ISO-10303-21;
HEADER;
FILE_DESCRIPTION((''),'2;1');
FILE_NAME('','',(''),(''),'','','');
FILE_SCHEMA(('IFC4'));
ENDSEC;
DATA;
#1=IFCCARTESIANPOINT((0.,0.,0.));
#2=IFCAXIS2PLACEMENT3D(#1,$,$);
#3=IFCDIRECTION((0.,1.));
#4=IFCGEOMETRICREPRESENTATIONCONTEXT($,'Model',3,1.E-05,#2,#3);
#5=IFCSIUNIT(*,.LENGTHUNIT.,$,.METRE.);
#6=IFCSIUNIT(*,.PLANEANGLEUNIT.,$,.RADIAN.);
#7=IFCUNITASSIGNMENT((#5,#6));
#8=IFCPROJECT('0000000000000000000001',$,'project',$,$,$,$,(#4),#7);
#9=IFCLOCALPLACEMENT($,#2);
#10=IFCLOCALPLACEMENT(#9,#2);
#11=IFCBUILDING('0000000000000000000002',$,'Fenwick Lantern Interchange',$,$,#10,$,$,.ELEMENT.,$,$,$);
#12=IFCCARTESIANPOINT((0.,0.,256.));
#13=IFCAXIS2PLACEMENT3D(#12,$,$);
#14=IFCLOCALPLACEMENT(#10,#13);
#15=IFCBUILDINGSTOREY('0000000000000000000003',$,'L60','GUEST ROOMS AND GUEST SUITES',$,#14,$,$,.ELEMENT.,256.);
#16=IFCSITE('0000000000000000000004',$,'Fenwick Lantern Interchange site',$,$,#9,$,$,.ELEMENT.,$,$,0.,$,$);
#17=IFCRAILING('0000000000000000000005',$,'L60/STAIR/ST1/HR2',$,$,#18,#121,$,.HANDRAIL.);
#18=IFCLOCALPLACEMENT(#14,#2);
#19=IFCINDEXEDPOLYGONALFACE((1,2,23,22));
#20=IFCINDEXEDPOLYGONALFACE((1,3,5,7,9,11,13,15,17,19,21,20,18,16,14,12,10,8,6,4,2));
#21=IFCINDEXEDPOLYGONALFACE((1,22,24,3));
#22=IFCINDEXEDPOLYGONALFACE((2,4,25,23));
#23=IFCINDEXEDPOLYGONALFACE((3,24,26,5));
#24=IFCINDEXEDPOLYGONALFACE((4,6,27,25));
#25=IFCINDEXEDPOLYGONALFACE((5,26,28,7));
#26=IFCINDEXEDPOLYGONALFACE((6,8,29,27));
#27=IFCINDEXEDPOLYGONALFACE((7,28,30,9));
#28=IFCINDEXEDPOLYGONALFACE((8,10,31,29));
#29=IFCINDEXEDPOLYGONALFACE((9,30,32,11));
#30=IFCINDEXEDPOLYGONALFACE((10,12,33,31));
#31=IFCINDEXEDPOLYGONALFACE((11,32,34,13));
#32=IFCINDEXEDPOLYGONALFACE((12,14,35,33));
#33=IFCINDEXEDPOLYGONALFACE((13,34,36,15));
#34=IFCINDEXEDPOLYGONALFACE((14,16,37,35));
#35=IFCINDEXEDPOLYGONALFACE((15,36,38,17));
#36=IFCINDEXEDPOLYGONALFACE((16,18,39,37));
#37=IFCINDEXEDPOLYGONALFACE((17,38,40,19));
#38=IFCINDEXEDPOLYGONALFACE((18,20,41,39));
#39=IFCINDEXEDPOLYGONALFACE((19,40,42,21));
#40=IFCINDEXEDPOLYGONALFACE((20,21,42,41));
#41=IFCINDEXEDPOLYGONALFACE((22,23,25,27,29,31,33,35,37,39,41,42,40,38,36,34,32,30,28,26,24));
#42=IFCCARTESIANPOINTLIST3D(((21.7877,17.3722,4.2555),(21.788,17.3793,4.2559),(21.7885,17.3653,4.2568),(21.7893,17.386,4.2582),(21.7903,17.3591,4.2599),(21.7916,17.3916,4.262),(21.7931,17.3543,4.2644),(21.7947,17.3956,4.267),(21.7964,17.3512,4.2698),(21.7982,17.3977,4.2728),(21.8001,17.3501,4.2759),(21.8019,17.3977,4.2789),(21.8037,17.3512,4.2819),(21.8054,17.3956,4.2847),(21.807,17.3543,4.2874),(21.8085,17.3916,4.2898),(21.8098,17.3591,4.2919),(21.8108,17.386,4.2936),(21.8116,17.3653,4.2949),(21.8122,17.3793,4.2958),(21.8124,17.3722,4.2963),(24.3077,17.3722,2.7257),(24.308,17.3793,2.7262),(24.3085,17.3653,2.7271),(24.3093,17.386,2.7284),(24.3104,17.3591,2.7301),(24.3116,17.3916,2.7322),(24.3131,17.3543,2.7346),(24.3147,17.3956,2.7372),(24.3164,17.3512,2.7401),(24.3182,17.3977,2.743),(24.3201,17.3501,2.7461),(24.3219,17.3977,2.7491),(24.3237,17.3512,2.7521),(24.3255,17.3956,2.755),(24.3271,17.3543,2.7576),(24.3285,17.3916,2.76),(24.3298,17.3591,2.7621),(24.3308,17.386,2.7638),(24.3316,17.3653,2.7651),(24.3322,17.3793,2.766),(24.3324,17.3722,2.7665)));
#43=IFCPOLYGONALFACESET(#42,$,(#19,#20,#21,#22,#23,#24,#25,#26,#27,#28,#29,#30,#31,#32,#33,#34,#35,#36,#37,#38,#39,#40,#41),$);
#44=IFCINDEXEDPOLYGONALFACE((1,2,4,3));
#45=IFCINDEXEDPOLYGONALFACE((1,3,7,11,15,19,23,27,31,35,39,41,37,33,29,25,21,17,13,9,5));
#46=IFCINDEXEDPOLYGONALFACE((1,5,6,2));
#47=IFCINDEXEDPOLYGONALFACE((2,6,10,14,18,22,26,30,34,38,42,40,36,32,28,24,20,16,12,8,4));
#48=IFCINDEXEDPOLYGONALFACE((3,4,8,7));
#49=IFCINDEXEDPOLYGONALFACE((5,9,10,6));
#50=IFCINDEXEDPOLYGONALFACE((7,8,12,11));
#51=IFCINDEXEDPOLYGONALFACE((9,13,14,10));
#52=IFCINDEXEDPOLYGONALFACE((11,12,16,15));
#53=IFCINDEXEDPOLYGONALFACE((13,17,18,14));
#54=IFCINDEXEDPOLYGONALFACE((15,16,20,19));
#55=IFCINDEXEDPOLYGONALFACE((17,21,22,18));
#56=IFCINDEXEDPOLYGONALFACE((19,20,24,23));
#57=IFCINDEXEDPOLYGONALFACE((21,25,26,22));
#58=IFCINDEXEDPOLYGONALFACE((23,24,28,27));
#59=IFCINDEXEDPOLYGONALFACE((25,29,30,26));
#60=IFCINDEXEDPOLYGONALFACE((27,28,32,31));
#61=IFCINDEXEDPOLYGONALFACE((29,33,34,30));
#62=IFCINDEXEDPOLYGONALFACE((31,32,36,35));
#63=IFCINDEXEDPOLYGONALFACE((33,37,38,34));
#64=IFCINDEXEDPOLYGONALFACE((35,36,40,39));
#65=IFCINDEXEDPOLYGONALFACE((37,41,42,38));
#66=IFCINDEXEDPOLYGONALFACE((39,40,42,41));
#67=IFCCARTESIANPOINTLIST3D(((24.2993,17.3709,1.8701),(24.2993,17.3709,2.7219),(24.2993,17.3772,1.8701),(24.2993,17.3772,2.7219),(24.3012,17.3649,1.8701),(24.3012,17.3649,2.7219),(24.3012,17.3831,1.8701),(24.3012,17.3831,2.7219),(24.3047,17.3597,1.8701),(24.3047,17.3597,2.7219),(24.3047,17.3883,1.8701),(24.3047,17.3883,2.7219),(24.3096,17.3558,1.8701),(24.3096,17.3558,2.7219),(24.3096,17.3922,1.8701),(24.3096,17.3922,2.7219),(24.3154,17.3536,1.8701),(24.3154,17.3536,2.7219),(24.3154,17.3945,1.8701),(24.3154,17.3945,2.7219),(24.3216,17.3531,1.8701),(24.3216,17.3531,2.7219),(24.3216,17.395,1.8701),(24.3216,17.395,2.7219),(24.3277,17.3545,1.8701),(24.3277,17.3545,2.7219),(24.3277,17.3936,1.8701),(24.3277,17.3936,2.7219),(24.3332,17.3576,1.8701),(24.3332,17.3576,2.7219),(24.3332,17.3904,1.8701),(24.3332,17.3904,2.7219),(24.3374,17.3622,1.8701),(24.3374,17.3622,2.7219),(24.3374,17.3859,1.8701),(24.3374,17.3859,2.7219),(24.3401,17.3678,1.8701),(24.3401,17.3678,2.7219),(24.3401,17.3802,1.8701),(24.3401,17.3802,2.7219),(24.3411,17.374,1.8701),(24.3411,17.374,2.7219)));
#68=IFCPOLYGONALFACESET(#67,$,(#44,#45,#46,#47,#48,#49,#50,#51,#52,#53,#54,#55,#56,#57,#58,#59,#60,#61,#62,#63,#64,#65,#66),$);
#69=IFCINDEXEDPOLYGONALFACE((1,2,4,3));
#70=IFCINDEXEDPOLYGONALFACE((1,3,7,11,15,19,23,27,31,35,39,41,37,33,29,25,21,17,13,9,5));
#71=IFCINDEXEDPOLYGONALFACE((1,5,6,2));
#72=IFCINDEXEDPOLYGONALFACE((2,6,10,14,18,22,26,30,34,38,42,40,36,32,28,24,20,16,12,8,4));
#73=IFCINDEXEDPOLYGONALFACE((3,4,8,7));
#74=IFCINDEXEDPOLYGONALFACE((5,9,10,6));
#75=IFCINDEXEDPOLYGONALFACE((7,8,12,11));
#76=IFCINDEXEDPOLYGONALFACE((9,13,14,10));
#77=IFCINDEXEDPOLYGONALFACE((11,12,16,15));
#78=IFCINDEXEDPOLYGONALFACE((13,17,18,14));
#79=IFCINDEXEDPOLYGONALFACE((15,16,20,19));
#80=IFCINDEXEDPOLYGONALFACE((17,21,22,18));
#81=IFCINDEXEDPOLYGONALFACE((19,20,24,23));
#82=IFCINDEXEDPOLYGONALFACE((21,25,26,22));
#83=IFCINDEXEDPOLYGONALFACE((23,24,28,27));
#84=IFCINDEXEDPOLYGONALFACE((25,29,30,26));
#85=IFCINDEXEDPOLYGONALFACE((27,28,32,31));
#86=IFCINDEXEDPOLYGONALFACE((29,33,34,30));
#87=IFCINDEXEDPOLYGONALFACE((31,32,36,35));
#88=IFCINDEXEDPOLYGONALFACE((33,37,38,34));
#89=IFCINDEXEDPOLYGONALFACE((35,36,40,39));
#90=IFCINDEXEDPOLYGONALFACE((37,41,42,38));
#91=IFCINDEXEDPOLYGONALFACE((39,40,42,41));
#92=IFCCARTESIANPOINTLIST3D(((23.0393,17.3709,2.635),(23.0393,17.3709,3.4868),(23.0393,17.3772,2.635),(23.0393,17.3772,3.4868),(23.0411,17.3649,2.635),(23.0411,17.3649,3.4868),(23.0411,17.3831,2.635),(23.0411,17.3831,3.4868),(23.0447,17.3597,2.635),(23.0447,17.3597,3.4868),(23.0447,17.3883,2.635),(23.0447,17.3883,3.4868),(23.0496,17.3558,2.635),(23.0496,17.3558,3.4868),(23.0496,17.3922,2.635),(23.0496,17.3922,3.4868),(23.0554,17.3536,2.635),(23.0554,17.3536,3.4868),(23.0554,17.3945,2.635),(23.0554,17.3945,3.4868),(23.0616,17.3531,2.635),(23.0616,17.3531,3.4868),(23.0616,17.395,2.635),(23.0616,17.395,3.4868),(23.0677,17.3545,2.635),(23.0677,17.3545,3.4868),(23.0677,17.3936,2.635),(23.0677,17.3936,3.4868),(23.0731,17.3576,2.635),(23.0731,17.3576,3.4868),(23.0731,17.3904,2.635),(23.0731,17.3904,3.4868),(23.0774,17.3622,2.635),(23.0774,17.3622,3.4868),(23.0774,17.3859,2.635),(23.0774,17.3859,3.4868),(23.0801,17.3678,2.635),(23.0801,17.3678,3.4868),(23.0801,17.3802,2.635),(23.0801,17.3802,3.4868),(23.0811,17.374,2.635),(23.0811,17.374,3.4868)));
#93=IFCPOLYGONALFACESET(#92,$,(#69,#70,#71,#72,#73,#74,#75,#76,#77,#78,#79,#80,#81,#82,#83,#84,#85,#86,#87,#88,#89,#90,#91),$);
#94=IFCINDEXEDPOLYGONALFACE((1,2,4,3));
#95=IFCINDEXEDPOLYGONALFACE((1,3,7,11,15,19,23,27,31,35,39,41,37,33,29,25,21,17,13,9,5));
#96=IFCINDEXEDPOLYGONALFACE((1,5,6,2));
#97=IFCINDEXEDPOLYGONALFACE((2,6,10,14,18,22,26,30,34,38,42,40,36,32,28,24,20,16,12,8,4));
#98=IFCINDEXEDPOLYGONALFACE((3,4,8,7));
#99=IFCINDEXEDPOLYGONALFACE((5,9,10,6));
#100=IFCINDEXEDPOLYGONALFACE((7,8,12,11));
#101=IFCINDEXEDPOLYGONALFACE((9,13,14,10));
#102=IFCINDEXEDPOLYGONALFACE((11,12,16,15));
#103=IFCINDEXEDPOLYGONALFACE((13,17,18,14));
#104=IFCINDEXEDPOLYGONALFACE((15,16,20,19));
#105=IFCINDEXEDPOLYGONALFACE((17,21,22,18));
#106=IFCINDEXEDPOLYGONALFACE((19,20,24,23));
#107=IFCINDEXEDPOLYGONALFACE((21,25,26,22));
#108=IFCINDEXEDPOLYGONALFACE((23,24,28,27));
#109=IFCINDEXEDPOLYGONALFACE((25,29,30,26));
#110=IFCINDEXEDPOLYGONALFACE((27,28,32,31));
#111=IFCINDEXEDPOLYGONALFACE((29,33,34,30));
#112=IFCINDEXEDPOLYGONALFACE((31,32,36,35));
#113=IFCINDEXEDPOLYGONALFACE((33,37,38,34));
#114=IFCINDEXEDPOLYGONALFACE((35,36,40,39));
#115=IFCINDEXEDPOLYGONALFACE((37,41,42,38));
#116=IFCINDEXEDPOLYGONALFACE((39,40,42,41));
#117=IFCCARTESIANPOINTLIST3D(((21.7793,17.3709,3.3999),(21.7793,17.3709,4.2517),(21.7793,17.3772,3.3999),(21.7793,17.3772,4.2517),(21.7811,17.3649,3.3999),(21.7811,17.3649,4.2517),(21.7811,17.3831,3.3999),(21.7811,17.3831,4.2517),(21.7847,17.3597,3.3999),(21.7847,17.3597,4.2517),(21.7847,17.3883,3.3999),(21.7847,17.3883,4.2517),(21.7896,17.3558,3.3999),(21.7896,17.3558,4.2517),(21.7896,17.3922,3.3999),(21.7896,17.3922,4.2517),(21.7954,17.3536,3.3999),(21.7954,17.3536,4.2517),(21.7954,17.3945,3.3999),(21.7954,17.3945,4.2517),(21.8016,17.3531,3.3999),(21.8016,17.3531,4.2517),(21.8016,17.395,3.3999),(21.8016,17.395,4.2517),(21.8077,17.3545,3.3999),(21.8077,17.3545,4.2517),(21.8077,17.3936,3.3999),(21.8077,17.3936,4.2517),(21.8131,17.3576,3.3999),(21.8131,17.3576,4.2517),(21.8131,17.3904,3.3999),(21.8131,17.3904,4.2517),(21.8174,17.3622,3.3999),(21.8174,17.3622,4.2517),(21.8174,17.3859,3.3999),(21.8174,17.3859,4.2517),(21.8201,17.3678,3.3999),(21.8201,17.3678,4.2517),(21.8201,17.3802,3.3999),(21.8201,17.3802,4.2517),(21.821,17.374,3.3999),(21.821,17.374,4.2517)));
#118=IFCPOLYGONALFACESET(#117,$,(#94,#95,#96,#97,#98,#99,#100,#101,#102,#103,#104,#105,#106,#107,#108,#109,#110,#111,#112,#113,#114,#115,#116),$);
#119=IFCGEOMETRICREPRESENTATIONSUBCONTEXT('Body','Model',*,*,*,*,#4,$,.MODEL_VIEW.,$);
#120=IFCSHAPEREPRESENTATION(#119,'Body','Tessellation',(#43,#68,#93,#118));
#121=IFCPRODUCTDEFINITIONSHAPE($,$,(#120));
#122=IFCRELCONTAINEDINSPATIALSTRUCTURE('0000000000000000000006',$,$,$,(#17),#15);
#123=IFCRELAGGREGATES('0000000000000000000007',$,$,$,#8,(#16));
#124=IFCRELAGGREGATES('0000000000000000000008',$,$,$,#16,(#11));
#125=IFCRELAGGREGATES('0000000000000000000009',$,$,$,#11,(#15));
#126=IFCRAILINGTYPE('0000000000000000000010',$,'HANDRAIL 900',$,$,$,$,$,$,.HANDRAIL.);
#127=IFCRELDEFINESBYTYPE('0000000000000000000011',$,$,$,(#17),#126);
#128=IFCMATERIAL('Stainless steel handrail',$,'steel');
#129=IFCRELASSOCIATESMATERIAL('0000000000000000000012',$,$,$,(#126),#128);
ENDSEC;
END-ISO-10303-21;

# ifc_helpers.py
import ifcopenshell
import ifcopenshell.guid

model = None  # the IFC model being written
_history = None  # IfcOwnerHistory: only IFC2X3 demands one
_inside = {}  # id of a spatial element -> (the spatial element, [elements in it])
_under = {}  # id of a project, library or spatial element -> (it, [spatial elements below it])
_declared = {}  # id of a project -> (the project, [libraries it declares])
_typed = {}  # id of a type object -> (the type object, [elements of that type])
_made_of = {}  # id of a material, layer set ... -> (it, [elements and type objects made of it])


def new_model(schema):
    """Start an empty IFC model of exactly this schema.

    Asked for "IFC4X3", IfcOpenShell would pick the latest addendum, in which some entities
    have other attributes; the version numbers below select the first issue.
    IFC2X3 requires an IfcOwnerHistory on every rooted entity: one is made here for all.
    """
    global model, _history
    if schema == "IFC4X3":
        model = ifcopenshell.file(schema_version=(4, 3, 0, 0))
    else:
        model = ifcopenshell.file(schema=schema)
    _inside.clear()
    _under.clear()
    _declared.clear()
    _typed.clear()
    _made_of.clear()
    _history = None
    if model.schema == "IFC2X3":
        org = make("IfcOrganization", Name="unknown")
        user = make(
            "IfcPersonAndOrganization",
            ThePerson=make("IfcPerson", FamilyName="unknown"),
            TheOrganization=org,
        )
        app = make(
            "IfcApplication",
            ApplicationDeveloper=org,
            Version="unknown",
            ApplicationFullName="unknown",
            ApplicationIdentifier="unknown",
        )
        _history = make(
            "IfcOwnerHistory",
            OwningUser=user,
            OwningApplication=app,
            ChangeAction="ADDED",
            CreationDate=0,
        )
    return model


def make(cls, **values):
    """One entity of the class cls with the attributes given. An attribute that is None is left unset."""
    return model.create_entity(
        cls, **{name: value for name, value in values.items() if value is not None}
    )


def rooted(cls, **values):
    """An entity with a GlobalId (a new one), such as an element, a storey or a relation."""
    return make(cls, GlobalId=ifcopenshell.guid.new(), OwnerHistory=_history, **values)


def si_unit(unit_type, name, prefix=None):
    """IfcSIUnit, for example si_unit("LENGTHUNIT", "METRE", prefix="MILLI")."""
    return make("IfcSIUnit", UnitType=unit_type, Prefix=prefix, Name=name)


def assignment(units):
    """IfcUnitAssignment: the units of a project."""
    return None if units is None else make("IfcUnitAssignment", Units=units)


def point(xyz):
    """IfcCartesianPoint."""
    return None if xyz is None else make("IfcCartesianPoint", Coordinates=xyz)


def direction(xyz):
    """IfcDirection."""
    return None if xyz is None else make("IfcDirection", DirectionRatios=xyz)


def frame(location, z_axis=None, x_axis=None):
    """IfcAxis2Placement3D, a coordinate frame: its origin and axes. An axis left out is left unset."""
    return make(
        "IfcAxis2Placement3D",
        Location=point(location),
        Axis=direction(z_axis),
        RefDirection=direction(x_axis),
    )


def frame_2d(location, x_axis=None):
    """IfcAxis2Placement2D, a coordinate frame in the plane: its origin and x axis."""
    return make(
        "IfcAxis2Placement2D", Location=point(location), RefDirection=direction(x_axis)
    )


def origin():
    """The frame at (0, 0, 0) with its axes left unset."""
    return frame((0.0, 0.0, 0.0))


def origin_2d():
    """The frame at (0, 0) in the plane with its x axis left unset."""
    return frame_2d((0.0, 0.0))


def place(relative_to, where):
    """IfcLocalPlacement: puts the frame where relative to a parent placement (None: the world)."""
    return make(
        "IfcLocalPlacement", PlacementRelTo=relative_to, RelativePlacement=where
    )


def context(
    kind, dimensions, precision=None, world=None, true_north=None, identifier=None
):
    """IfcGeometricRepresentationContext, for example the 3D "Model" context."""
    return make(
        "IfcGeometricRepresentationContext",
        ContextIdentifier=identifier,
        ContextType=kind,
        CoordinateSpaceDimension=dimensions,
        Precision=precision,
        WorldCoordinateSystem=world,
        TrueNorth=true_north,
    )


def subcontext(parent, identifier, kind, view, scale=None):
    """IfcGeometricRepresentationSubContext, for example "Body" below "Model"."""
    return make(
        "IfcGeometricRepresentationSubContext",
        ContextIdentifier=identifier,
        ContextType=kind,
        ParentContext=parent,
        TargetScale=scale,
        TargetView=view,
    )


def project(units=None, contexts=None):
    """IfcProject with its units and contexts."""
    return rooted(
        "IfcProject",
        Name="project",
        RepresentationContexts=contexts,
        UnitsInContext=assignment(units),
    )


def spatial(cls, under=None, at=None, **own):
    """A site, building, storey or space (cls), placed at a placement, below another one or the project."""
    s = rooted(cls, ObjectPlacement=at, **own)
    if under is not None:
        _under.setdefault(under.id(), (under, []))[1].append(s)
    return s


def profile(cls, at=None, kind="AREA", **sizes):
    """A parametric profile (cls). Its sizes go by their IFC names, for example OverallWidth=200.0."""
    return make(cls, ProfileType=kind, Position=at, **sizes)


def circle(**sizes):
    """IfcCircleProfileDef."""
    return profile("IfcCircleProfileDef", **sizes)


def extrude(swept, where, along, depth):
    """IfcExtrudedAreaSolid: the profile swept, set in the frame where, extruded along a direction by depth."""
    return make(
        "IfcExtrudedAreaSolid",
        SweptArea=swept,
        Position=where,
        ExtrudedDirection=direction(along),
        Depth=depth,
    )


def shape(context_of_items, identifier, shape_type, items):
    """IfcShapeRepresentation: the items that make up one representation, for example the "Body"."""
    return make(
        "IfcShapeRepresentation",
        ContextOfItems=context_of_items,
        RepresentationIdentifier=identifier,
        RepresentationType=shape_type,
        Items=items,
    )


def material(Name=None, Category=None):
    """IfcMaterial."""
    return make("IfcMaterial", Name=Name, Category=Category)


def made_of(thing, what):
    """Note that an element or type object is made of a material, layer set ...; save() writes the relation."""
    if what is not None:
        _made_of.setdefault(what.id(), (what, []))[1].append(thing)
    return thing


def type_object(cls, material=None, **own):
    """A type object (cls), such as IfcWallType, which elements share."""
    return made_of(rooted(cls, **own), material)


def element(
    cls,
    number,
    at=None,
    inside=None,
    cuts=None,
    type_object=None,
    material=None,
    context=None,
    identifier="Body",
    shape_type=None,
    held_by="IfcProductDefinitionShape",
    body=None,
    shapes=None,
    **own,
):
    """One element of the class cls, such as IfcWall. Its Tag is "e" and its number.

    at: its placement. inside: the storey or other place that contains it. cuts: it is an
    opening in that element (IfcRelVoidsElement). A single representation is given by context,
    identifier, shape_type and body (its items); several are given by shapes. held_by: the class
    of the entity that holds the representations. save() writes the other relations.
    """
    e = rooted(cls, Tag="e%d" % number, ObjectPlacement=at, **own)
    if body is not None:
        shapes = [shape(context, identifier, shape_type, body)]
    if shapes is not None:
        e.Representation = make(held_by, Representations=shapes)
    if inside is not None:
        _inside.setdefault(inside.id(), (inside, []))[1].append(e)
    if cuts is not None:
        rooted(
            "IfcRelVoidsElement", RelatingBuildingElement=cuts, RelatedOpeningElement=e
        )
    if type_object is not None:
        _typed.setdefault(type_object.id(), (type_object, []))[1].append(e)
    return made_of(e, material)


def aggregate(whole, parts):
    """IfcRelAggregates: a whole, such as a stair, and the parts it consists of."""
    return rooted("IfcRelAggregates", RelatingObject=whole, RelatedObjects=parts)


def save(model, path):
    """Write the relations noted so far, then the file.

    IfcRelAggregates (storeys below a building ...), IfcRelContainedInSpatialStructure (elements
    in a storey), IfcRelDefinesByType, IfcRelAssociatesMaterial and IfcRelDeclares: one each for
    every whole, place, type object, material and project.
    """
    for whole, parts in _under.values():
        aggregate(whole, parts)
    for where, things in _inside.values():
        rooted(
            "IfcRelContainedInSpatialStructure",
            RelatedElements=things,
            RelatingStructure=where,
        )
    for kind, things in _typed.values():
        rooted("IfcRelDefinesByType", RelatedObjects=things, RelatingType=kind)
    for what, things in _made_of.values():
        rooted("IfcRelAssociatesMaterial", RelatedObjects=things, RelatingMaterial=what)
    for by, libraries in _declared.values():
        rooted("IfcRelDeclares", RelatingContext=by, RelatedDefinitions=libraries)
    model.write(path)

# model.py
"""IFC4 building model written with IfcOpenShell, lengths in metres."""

from ifc_helpers import new_model, si_unit, direction, frame, origin, origin_2d, place, context, subcontext, project, spatial, circle, extrude, material, type_object, element, save


model = new_model("IFC4")

# Units and contexts
model_context = context("Model", 3, precision=1e-05, world=origin(), true_north=direction((0.0, 1.0)))
body_context = subcontext(model_context, "Body", "Model", "MODEL_VIEW")
ifc_project = project(units=[si_unit("LENGTHUNIT", "METRE"), si_unit("PLANEANGLEUNIT", "RADIAN")], contexts=[model_context])

# Site, building, storey
site_placement = place(None, origin())
site = spatial("IfcSite", under=ifc_project, at=site_placement, Name="Fenwick Lantern Interchange site", CompositionType="ELEMENT", RefElevation=0.0)
building_placement = place(site_placement, origin())
building = spatial("IfcBuilding", under=site, at=building_placement, Name="Fenwick Lantern Interchange", CompositionType="ELEMENT")
storey_placement = place(building_placement, frame((0.0, 0.0, 256.0)))
storey = spatial("IfcBuildingStorey", under=building, at=storey_placement, Name="L60", Description="GUEST ROOMS AND GUEST SUITES", CompositionType="ELEMENT", Elevation=256.0)

# Railing
ifc_material_1 = material(Name="Stainless steel handrail", Category="steel")
railing_type = type_object("IfcRailingType", Name="HANDRAIL 900", PredefinedType="HANDRAIL", material=ifc_material_1)
railing_1_placement = place(storey_placement, frame((24.3201, 17.374, 1.8701)))
element("IfcRailing", 1, at=railing_1_placement, inside=storey, type_object=railing_type, Name="L60/STAIR/ST1/HR2", PredefinedType="HANDRAIL", context=body_context, shape_type="SweptSolid", body=[
    extrude(circle(Radius=0.0239, at=origin_2d()), frame((0.0, 0.0, 0.876), z_axis=(-0.854822, 0.0, 0.518922), x_axis=(0.0, -1.0, 0.0)), (0.0, 0.0, 1.0), 2.948),
    extrude(circle(Radius=0.021, at=origin_2d()), origin(), (0.0, 0.0, 1.0), 0.8518),
    extrude(circle(Radius=0.021, at=origin_2d()), frame((-1.26, 0.0, 0.7649)), (0.0, 0.0, 1.0), 0.8518),
    extrude(circle(Radius=0.021, at=origin_2d()), frame((-2.52, 0.0, 1.5298)), (0.0, 0.0, 1.0), 0.8518),
])

save(model, "model.ifc")
